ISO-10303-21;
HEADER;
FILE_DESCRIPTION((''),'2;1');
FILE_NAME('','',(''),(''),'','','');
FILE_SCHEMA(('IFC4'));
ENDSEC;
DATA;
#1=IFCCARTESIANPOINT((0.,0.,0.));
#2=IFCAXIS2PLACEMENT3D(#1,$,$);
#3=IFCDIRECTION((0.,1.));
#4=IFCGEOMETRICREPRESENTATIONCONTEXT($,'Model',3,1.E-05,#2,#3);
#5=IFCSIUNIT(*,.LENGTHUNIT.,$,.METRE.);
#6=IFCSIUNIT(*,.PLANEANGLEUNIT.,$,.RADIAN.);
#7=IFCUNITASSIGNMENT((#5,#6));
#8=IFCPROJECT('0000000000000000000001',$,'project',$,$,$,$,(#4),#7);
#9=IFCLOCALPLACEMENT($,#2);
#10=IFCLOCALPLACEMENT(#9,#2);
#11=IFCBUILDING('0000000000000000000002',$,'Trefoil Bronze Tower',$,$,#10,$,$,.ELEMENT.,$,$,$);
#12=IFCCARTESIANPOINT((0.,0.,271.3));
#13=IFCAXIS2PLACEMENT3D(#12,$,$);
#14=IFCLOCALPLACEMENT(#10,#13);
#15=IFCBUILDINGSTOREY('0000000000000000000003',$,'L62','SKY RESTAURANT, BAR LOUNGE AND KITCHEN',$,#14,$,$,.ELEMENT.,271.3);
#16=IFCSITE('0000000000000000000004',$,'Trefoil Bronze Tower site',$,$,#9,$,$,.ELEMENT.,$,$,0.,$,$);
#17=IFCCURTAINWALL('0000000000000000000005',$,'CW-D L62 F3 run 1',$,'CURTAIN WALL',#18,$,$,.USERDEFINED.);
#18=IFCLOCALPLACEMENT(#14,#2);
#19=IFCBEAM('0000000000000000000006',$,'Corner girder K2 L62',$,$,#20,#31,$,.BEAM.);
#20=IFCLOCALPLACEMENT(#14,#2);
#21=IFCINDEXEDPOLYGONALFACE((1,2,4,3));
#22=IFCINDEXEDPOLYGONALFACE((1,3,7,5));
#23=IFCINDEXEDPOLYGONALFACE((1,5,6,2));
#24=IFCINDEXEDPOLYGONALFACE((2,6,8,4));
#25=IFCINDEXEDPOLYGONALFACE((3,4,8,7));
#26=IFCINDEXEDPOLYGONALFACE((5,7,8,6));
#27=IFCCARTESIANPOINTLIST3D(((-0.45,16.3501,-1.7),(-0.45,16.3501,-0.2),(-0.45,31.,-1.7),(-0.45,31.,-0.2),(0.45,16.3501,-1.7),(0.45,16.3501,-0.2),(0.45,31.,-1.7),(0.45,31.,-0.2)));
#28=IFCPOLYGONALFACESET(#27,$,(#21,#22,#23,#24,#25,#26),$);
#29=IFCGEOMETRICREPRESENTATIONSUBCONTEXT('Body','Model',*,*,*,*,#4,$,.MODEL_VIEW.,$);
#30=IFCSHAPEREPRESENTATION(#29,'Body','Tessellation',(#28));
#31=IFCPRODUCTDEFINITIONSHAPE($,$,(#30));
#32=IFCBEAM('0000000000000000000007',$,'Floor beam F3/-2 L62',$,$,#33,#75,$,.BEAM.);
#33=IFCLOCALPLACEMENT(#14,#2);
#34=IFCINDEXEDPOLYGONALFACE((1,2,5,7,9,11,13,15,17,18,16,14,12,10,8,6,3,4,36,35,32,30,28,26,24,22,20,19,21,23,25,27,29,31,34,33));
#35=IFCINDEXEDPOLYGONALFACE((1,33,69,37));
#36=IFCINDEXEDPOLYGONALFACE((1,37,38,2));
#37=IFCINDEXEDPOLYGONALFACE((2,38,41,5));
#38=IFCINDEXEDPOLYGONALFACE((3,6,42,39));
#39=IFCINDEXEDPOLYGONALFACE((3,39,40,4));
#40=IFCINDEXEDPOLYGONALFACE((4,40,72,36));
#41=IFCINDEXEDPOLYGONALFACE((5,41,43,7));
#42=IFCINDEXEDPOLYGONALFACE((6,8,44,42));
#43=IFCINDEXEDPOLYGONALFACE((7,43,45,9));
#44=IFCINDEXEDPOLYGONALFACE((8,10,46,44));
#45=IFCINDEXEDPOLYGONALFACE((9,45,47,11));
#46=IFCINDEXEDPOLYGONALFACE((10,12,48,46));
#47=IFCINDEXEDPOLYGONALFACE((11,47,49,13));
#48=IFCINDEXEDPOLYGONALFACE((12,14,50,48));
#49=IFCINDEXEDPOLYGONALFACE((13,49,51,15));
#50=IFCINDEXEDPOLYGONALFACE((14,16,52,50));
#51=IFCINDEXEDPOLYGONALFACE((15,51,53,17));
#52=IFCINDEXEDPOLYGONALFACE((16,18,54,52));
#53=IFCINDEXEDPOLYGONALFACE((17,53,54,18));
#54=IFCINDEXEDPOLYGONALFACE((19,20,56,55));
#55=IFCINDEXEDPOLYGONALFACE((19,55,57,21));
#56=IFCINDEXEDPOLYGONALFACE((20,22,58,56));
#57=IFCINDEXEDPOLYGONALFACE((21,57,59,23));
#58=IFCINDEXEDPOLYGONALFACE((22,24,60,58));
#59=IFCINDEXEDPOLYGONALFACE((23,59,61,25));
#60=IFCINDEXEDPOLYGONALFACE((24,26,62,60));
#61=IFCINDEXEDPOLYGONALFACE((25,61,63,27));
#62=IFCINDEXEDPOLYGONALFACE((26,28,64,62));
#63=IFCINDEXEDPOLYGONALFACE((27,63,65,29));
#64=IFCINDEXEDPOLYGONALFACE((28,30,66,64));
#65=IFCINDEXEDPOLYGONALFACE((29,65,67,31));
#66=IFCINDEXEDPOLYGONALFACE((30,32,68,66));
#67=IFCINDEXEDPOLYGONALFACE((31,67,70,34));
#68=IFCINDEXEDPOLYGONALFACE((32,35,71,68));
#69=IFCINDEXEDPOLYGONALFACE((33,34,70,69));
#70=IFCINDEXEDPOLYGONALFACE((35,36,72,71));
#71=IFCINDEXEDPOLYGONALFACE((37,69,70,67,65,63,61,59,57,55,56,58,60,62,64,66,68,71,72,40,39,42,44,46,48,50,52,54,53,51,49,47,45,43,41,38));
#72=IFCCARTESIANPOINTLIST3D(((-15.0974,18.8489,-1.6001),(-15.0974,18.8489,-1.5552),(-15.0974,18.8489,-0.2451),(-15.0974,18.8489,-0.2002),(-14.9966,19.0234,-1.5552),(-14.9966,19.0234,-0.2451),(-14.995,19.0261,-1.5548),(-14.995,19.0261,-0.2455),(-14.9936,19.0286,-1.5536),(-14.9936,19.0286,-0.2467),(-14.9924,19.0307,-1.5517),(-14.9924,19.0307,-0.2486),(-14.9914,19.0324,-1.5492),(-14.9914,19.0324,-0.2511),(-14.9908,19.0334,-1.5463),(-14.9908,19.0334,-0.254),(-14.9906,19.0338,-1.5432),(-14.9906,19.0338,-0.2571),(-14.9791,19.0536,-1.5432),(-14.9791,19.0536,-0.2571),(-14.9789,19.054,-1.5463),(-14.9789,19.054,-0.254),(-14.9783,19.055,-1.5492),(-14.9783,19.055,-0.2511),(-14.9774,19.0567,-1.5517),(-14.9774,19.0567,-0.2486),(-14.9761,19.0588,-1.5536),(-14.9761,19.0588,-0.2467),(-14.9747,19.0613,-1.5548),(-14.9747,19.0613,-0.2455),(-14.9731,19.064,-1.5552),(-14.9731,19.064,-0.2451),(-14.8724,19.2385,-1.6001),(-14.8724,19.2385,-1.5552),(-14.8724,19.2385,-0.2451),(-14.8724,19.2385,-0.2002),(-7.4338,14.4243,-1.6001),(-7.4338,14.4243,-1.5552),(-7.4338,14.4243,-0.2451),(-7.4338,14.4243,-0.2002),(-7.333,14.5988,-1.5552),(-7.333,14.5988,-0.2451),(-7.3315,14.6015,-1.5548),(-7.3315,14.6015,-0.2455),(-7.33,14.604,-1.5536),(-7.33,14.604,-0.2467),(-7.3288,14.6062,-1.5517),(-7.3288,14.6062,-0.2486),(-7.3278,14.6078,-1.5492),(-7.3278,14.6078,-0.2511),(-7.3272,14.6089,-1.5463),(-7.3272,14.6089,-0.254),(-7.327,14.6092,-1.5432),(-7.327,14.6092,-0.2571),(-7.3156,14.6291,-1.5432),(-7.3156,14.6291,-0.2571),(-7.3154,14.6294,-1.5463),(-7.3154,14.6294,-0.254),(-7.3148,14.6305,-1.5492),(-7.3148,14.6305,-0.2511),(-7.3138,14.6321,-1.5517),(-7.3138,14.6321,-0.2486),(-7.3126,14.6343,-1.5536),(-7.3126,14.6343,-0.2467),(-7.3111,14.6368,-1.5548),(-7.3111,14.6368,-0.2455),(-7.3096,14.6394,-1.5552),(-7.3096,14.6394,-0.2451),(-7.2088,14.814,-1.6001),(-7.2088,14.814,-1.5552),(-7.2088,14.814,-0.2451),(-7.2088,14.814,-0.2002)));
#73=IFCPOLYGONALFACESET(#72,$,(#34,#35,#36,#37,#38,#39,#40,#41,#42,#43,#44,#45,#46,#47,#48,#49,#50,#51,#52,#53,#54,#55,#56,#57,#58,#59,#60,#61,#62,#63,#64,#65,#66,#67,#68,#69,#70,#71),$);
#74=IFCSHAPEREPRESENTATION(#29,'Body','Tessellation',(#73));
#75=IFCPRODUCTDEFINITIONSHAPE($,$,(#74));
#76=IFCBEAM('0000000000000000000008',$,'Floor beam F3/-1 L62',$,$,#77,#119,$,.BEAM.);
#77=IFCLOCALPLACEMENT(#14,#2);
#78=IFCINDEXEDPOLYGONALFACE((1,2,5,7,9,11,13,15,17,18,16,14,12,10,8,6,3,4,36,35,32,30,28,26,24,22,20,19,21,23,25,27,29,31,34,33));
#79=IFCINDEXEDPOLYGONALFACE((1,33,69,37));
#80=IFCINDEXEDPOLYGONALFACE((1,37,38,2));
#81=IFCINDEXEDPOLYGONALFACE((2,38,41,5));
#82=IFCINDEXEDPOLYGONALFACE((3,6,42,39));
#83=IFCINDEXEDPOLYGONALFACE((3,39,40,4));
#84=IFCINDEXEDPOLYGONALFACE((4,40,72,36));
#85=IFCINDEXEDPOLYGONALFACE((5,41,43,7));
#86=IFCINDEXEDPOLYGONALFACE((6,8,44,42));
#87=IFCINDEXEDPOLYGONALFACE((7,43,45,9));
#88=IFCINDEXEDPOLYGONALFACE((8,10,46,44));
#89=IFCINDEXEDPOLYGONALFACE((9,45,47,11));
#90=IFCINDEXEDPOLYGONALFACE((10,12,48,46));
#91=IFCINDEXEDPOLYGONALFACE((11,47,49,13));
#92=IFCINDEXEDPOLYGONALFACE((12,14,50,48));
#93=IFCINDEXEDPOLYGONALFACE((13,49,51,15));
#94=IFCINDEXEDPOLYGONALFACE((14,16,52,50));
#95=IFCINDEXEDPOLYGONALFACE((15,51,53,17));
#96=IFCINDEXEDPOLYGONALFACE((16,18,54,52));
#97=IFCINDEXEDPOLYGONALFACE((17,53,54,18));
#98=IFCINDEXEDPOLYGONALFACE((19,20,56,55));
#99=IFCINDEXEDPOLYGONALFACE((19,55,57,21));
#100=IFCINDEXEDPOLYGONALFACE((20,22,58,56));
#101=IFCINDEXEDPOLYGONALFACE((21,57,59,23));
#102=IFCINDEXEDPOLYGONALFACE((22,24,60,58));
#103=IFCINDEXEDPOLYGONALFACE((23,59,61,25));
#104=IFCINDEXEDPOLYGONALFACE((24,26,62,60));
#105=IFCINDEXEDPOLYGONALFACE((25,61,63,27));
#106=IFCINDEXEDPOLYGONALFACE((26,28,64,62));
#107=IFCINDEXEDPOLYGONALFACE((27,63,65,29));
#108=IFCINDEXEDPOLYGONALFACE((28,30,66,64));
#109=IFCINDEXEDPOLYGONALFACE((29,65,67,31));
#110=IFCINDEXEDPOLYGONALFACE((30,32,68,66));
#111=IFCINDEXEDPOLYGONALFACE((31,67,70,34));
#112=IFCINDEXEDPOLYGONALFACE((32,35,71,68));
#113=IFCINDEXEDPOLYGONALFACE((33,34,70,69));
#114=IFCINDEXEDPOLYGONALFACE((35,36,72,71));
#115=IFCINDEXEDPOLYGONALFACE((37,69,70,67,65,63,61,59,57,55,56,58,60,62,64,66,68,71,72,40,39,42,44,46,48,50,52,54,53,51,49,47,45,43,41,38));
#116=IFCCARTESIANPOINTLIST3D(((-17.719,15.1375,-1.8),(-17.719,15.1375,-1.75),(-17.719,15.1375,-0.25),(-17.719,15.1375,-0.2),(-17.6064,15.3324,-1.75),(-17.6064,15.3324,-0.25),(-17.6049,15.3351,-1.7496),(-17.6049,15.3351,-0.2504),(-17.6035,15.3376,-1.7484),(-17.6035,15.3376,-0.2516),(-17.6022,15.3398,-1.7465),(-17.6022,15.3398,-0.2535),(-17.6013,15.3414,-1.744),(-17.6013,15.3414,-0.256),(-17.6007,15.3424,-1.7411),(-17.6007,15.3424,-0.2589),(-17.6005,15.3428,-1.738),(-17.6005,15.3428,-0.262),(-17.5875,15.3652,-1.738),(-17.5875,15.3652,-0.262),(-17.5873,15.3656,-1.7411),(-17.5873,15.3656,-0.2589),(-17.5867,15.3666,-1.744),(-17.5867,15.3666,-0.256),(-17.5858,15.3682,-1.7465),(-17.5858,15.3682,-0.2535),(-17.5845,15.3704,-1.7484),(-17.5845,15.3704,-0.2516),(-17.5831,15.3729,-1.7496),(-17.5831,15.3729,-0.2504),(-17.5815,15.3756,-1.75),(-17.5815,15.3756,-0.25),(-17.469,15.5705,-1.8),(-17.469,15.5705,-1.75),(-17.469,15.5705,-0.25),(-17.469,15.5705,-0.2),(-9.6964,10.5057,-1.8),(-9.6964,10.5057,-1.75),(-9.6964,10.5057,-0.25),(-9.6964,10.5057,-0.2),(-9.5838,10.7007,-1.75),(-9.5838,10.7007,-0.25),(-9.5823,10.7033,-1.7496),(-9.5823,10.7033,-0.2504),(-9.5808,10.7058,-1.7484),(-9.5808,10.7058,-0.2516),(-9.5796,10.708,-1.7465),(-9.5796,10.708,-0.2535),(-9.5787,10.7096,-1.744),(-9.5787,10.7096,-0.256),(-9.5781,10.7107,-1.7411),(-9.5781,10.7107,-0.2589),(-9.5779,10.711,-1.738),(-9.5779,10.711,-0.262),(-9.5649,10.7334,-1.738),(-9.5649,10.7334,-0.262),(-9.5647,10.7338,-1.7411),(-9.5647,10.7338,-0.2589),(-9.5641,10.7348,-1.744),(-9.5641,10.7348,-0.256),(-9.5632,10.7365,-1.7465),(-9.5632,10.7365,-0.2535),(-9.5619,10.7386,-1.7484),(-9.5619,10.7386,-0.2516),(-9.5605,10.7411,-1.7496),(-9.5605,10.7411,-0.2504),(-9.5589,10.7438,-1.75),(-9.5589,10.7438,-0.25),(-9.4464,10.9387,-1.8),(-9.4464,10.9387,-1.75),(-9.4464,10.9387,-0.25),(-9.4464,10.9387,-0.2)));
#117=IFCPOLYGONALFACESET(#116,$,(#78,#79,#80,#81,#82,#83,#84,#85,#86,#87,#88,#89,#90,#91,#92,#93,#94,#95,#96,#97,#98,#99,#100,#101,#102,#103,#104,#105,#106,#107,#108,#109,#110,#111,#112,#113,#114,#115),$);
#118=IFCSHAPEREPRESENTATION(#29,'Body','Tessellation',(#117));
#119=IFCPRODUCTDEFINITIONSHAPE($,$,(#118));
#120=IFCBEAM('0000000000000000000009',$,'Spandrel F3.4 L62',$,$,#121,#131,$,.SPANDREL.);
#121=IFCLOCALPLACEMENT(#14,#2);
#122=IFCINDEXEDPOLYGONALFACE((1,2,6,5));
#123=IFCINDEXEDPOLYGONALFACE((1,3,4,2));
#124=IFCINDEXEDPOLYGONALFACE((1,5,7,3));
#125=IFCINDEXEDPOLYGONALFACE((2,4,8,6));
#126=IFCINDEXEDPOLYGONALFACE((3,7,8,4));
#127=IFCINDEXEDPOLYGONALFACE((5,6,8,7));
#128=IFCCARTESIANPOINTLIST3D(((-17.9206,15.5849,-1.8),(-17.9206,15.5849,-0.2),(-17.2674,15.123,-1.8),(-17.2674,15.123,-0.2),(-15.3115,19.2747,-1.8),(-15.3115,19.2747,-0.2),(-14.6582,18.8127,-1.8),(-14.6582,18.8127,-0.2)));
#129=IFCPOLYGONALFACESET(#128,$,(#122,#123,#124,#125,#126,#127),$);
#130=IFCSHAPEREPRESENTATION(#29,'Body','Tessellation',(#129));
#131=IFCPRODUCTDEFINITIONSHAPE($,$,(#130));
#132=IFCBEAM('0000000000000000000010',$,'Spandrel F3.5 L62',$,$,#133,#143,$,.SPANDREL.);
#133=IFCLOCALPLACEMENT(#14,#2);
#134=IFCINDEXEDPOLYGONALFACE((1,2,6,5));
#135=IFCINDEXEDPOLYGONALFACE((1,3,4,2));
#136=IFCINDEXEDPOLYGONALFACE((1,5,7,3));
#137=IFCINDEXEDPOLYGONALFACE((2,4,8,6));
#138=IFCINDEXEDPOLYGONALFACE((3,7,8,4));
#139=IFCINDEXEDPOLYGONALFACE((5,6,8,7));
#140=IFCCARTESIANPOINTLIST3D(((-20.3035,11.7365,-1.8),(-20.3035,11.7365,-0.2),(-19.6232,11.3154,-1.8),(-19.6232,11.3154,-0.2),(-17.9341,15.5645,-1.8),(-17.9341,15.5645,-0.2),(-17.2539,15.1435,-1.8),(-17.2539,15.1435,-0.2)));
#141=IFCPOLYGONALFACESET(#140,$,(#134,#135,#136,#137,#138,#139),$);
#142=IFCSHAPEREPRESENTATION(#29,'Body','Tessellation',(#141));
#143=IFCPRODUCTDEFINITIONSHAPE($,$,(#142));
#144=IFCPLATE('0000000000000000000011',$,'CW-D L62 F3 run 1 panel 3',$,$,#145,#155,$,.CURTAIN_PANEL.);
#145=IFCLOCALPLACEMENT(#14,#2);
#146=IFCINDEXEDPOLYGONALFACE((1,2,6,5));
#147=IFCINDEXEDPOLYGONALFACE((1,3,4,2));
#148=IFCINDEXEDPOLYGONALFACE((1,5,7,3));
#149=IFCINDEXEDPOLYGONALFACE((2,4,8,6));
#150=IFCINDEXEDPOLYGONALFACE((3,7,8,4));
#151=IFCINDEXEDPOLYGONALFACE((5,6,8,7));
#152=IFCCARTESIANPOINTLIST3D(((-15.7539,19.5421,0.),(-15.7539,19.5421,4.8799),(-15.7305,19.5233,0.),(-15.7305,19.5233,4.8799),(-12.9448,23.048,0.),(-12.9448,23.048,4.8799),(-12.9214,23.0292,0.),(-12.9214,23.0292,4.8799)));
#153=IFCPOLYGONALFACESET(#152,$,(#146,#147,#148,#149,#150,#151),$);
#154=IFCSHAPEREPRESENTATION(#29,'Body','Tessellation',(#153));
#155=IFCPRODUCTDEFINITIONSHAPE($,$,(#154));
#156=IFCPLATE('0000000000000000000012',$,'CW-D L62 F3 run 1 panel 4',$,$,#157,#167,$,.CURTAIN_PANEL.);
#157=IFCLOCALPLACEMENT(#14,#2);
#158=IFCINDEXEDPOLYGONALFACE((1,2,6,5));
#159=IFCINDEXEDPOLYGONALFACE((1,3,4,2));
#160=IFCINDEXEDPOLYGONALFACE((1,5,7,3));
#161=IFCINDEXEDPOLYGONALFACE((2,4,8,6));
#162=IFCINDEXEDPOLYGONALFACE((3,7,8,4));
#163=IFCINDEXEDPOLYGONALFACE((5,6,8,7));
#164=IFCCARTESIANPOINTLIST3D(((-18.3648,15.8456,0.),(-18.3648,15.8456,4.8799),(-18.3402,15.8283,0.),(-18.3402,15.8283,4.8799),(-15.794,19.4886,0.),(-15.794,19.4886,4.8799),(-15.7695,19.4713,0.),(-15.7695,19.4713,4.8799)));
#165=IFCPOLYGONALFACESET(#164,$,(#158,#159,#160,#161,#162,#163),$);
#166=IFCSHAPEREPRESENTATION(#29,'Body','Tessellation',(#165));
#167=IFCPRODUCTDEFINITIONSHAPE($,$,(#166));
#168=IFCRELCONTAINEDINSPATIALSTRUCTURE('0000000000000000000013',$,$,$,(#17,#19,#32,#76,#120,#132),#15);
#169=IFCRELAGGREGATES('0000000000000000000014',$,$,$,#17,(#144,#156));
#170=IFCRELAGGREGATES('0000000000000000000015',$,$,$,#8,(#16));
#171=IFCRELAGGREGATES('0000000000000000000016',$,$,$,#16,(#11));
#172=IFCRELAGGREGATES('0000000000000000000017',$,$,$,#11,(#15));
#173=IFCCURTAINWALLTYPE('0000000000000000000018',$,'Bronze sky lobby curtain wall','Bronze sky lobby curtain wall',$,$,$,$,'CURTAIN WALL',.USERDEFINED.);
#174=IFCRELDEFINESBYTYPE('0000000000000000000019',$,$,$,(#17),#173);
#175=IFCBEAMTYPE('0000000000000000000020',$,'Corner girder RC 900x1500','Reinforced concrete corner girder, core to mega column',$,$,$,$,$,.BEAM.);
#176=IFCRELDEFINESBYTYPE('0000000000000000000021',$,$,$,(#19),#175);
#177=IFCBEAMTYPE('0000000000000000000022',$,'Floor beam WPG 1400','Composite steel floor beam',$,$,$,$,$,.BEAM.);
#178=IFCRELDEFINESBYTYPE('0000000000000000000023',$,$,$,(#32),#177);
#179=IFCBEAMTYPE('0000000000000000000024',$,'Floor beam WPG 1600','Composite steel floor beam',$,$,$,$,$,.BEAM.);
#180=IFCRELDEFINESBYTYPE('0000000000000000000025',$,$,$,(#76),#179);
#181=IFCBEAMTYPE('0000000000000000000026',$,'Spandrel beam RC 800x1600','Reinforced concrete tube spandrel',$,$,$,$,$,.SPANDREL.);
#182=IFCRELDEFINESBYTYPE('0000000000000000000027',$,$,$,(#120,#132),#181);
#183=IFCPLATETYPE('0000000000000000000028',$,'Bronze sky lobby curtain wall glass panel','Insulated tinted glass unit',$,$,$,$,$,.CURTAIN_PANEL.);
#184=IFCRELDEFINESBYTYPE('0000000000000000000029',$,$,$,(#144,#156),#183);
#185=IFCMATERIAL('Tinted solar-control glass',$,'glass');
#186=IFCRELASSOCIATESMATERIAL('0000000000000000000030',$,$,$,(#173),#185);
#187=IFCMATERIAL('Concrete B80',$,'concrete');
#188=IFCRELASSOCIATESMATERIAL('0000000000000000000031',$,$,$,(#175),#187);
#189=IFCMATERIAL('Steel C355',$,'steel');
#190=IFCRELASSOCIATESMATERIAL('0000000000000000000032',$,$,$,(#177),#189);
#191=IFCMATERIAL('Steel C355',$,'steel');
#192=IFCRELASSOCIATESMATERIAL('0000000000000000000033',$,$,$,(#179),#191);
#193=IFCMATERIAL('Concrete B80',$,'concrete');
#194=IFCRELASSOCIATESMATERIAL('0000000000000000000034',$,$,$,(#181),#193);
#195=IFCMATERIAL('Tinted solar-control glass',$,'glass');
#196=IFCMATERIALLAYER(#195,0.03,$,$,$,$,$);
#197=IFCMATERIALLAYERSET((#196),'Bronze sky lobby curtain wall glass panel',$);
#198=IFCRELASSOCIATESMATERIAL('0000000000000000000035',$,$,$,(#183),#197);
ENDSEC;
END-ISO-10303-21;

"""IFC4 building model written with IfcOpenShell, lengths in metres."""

from ifc_helpers import new_model, si_unit, direction, frame, origin, origin_2d, place, context, subcontext, project, spatial, rectangle, i_section, extrude, material, layer, layer_set, material_profile, profile_set, type_object, element, aggregate, save


model = new_model("IFC4")

# Units and contexts
model_context = context("Model", 3, precision=1e-05, world=origin(), true_north=direction((0.0, 1.0)))
body_context = subcontext(model_context, "Body", "Model", "MODEL_VIEW")
ifc_project = project(units=[si_unit("LENGTHUNIT", "METRE"), si_unit("PLANEANGLEUNIT", "RADIAN")], contexts=[model_context])

# Site, building, storey
site_placement = place(None, origin())
site = spatial("IfcSite", under=ifc_project, at=site_placement, Name="Trefoil Bronze Tower site", CompositionType="ELEMENT", RefElevation=0.0)
building_placement = place(site_placement, origin())
building = spatial("IfcBuilding", under=site, at=building_placement, Name="Trefoil Bronze Tower", CompositionType="ELEMENT")
storey_placement = place(building_placement, frame((0.0, 0.0, 271.3)))
storey = spatial("IfcBuildingStorey", under=building, at=storey_placement, Name="L62", Description="SKY RESTAURANT, BAR LOUNGE AND KITCHEN", CompositionType="ELEMENT", Elevation=271.3)

# Curtain wall
ifc_material_1 = material(Name="Tinted solar-control glass", Category="glass")
curtain_wall_type = type_object("IfcCurtainWallType", Name="Bronze sky lobby curtain wall", Description="Bronze sky lobby curtain wall", ElementType="CURTAIN WALL", PredefinedType="USERDEFINED", material=ifc_material_1)
curtain_wall_placement = place(storey_placement, origin())
curtain_wall = element("IfcCurtainWall", 1, at=curtain_wall_placement, inside=storey, type_object=curtain_wall_type, Name="CW-D L62 F3 run 1", ObjectType="CURTAIN WALL", PredefinedType="USERDEFINED")

# Beams
ifc_material_2 = material(Name="Concrete B80", Category="concrete")
ifc_material_profile_1 = material_profile(ifc_material_2, rectangle(XDim=0.8999, YDim=1.5, at=origin_2d()), Name="RC 900x1500")
ifc_profile_set_1 = profile_set([ifc_material_profile_1], Name="Concrete B80")
beam_type_1 = type_object("IfcBeamType", Name="Corner girder RC 900x1500", Description="Reinforced concrete corner girder, core to mega column", PredefinedType="BEAM", material=ifc_profile_set_1)
beam_1_placement = place(storey_placement, frame((0.0, 16.3501, -0.95), z_axis=(0.0, 1.0, 0.0), x_axis=(-1.0, 0.0, 0.0)))
element("IfcBeam", 2, at=beam_1_placement, inside=storey, type_object=beam_type_1, Name="Corner girder K2 L62", PredefinedType="BEAM", context=body_context, shape_type="SweptSolid", body=[
    extrude(rectangle(XDim=0.8999, YDim=1.5, at=origin_2d()), origin(), (0.0, 0.0, 1.0), 14.6499),
])
ifc_material_3 = material(Name="Steel C355", Category="steel")
ifc_material_profile_2 = material_profile(ifc_material_3, i_section(OverallWidth=0.45, OverallDepth=1.3999, WebThickness=0.0229, FlangeThickness=0.0449, FilletRadius=0.012, at=origin_2d()), Name="WPG 1400")
ifc_profile_set_2 = profile_set([ifc_material_profile_2], Name="Steel C355")
beam_type_2 = type_object("IfcBeamType", Name="Floor beam WPG 1400", Description="Composite steel floor beam", PredefinedType="BEAM", material=ifc_profile_set_2)
beam_2_placement = place(storey_placement, frame((-14.9849, 19.0437, -0.9001), z_axis=(0.866026, -0.499999, 0.0), x_axis=(0.499999, 0.866026, 0.0)))
element("IfcBeam", 3, at=beam_2_placement, inside=storey, type_object=beam_type_2, Name="Floor beam F3/-2 L62", PredefinedType="BEAM", context=body_context, shape_type="SweptSolid", body=[
    extrude(i_section(OverallWidth=0.45, OverallDepth=1.3999, WebThickness=0.0229, FlangeThickness=0.0449, FilletRadius=0.012, at=origin_2d()), origin(), (0.0, 0.0, 1.0), 8.8491),
])
ifc_material_4 = material(Name="Steel C355", Category="steel")
ifc_material_profile_3 = material_profile(ifc_material_4, i_section(OverallWidth=0.5, OverallDepth=1.6001, WebThickness=0.0259, FlangeThickness=0.05, FilletRadius=0.012, at=origin_2d()), Name="WPG 1600")
ifc_profile_set_3 = profile_set([ifc_material_profile_3], Name="Steel C355")
beam_type_3 = type_object("IfcBeamType", Name="Floor beam WPG 1600", Description="Composite steel floor beam", PredefinedType="BEAM", material=ifc_profile_set_3)
beam_3_placement = place(storey_placement, frame((-17.594, 15.354, -1.0), z_axis=(0.866029, -0.499994, 0.0), x_axis=(0.499994, 0.866029, 0.0)))
element("IfcBeam", 4, at=beam_3_placement, inside=storey, type_object=beam_type_3, Name="Floor beam F3/-1 L62", PredefinedType="BEAM", context=body_context, shape_type="SweptSolid", body=[
    extrude(i_section(OverallWidth=0.5, OverallDepth=1.6001, WebThickness=0.0259, FlangeThickness=0.05, FilletRadius=0.012, at=origin_2d()), origin(), (0.0, 0.0, 1.0), 9.2637),
])
ifc_material_5 = material(Name="Concrete B80", Category="concrete")
ifc_material_profile_4 = material_profile(ifc_material_5, rectangle(XDim=0.8, YDim=1.6001, at=origin_2d()), Name="RC 800x1600")
ifc_profile_set_4 = profile_set([ifc_material_profile_4], Name="Concrete B80")
beam_type_4 = type_object("IfcBeamType", Name="Spandrel beam RC 800x1600", Description="Reinforced concrete tube spandrel", PredefinedType="SPANDREL", material=ifc_profile_set_4)
beam_4_placement = place(storey_placement, frame((-14.9849, 19.0437, -1.0), z_axis=(-0.577368, -0.816484, 0.0), x_axis=(0.816484, -0.577368, 0.0)))
element("IfcBeam", 5, at=beam_4_placement, inside=storey, type_object=beam_type_4, Name="Spandrel F3.4 L62", PredefinedType="SPANDREL", context=body_context, shape_type="SweptSolid", body=[
    extrude(rectangle(XDim=0.8, YDim=1.6001, at=origin_2d()), origin(), (0.0, 0.0, 1.0), 4.519),
])
beam_5_placement = place(storey_placement, frame((-17.594, 15.354, -1.0), z_axis=(-0.526289, -0.850306, 0.0), x_axis=(0.850306, -0.526289, 0.0)))
element("IfcBeam", 6, at=beam_5_placement, inside=storey, type_object=beam_type_4, Name="Spandrel F3.5 L62", PredefinedType="SPANDREL", context=body_context, shape_type="SweptSolid", body=[
    extrude(rectangle(XDim=0.8, YDim=1.6001, at=origin_2d()), origin(), (0.0, 0.0, 1.0), 4.502),
])

# Plates
ifc_material_6 = material(Name="Tinted solar-control glass", Category="glass")
ifc_layer_1 = layer(ifc_material_6, 0.03)
ifc_layer_set_1 = layer_set([ifc_layer_1], Name="Bronze sky lobby curtain wall glass panel")
plate_type = type_object("IfcPlateType", Name="Bronze sky lobby curtain wall glass panel", Description="Insulated tinted glass unit", PredefinedType="CURTAIN_PANEL", material=ifc_layer_set_1)
plate_1_placement = place(storey_placement, frame((-14.3376, 21.2856, 0.0), z_axis=(0.0, 0.0, 1.0), x_axis=(-0.625287, -0.780395, 0.0)))
plate_1 = element("IfcPlate", 7, at=plate_1_placement, type_object=plate_type, Name="CW-D L62 F3 run 1 panel 3", PredefinedType="CURTAIN_PANEL", context=body_context, shape_type="SweptSolid", body=[
    extrude(rectangle(XDim=4.4924, YDim=0.03, at=origin_2d()), origin(), (0.0, 0.0, 1.0), 4.8799),
])
plate_2_placement = place(storey_placement, frame((-17.0671, 17.6584, 0.0), z_axis=(0.0, 0.0, 1.0), x_axis=(-0.576561, -0.817054, 0.0)))
plate_2 = element("IfcPlate", 8, at=plate_2_placement, type_object=plate_type, Name="CW-D L62 F3 run 1 panel 4", PredefinedType="CURTAIN_PANEL", context=body_context, shape_type="SweptSolid", body=[
    extrude(rectangle(XDim=4.4587, YDim=0.03, at=origin_2d()), origin(), (0.0, 0.0, 1.0), 4.8799),
])
aggregate(curtain_wall, [plate_1, plate_2])

save(model, "model.ifc")
